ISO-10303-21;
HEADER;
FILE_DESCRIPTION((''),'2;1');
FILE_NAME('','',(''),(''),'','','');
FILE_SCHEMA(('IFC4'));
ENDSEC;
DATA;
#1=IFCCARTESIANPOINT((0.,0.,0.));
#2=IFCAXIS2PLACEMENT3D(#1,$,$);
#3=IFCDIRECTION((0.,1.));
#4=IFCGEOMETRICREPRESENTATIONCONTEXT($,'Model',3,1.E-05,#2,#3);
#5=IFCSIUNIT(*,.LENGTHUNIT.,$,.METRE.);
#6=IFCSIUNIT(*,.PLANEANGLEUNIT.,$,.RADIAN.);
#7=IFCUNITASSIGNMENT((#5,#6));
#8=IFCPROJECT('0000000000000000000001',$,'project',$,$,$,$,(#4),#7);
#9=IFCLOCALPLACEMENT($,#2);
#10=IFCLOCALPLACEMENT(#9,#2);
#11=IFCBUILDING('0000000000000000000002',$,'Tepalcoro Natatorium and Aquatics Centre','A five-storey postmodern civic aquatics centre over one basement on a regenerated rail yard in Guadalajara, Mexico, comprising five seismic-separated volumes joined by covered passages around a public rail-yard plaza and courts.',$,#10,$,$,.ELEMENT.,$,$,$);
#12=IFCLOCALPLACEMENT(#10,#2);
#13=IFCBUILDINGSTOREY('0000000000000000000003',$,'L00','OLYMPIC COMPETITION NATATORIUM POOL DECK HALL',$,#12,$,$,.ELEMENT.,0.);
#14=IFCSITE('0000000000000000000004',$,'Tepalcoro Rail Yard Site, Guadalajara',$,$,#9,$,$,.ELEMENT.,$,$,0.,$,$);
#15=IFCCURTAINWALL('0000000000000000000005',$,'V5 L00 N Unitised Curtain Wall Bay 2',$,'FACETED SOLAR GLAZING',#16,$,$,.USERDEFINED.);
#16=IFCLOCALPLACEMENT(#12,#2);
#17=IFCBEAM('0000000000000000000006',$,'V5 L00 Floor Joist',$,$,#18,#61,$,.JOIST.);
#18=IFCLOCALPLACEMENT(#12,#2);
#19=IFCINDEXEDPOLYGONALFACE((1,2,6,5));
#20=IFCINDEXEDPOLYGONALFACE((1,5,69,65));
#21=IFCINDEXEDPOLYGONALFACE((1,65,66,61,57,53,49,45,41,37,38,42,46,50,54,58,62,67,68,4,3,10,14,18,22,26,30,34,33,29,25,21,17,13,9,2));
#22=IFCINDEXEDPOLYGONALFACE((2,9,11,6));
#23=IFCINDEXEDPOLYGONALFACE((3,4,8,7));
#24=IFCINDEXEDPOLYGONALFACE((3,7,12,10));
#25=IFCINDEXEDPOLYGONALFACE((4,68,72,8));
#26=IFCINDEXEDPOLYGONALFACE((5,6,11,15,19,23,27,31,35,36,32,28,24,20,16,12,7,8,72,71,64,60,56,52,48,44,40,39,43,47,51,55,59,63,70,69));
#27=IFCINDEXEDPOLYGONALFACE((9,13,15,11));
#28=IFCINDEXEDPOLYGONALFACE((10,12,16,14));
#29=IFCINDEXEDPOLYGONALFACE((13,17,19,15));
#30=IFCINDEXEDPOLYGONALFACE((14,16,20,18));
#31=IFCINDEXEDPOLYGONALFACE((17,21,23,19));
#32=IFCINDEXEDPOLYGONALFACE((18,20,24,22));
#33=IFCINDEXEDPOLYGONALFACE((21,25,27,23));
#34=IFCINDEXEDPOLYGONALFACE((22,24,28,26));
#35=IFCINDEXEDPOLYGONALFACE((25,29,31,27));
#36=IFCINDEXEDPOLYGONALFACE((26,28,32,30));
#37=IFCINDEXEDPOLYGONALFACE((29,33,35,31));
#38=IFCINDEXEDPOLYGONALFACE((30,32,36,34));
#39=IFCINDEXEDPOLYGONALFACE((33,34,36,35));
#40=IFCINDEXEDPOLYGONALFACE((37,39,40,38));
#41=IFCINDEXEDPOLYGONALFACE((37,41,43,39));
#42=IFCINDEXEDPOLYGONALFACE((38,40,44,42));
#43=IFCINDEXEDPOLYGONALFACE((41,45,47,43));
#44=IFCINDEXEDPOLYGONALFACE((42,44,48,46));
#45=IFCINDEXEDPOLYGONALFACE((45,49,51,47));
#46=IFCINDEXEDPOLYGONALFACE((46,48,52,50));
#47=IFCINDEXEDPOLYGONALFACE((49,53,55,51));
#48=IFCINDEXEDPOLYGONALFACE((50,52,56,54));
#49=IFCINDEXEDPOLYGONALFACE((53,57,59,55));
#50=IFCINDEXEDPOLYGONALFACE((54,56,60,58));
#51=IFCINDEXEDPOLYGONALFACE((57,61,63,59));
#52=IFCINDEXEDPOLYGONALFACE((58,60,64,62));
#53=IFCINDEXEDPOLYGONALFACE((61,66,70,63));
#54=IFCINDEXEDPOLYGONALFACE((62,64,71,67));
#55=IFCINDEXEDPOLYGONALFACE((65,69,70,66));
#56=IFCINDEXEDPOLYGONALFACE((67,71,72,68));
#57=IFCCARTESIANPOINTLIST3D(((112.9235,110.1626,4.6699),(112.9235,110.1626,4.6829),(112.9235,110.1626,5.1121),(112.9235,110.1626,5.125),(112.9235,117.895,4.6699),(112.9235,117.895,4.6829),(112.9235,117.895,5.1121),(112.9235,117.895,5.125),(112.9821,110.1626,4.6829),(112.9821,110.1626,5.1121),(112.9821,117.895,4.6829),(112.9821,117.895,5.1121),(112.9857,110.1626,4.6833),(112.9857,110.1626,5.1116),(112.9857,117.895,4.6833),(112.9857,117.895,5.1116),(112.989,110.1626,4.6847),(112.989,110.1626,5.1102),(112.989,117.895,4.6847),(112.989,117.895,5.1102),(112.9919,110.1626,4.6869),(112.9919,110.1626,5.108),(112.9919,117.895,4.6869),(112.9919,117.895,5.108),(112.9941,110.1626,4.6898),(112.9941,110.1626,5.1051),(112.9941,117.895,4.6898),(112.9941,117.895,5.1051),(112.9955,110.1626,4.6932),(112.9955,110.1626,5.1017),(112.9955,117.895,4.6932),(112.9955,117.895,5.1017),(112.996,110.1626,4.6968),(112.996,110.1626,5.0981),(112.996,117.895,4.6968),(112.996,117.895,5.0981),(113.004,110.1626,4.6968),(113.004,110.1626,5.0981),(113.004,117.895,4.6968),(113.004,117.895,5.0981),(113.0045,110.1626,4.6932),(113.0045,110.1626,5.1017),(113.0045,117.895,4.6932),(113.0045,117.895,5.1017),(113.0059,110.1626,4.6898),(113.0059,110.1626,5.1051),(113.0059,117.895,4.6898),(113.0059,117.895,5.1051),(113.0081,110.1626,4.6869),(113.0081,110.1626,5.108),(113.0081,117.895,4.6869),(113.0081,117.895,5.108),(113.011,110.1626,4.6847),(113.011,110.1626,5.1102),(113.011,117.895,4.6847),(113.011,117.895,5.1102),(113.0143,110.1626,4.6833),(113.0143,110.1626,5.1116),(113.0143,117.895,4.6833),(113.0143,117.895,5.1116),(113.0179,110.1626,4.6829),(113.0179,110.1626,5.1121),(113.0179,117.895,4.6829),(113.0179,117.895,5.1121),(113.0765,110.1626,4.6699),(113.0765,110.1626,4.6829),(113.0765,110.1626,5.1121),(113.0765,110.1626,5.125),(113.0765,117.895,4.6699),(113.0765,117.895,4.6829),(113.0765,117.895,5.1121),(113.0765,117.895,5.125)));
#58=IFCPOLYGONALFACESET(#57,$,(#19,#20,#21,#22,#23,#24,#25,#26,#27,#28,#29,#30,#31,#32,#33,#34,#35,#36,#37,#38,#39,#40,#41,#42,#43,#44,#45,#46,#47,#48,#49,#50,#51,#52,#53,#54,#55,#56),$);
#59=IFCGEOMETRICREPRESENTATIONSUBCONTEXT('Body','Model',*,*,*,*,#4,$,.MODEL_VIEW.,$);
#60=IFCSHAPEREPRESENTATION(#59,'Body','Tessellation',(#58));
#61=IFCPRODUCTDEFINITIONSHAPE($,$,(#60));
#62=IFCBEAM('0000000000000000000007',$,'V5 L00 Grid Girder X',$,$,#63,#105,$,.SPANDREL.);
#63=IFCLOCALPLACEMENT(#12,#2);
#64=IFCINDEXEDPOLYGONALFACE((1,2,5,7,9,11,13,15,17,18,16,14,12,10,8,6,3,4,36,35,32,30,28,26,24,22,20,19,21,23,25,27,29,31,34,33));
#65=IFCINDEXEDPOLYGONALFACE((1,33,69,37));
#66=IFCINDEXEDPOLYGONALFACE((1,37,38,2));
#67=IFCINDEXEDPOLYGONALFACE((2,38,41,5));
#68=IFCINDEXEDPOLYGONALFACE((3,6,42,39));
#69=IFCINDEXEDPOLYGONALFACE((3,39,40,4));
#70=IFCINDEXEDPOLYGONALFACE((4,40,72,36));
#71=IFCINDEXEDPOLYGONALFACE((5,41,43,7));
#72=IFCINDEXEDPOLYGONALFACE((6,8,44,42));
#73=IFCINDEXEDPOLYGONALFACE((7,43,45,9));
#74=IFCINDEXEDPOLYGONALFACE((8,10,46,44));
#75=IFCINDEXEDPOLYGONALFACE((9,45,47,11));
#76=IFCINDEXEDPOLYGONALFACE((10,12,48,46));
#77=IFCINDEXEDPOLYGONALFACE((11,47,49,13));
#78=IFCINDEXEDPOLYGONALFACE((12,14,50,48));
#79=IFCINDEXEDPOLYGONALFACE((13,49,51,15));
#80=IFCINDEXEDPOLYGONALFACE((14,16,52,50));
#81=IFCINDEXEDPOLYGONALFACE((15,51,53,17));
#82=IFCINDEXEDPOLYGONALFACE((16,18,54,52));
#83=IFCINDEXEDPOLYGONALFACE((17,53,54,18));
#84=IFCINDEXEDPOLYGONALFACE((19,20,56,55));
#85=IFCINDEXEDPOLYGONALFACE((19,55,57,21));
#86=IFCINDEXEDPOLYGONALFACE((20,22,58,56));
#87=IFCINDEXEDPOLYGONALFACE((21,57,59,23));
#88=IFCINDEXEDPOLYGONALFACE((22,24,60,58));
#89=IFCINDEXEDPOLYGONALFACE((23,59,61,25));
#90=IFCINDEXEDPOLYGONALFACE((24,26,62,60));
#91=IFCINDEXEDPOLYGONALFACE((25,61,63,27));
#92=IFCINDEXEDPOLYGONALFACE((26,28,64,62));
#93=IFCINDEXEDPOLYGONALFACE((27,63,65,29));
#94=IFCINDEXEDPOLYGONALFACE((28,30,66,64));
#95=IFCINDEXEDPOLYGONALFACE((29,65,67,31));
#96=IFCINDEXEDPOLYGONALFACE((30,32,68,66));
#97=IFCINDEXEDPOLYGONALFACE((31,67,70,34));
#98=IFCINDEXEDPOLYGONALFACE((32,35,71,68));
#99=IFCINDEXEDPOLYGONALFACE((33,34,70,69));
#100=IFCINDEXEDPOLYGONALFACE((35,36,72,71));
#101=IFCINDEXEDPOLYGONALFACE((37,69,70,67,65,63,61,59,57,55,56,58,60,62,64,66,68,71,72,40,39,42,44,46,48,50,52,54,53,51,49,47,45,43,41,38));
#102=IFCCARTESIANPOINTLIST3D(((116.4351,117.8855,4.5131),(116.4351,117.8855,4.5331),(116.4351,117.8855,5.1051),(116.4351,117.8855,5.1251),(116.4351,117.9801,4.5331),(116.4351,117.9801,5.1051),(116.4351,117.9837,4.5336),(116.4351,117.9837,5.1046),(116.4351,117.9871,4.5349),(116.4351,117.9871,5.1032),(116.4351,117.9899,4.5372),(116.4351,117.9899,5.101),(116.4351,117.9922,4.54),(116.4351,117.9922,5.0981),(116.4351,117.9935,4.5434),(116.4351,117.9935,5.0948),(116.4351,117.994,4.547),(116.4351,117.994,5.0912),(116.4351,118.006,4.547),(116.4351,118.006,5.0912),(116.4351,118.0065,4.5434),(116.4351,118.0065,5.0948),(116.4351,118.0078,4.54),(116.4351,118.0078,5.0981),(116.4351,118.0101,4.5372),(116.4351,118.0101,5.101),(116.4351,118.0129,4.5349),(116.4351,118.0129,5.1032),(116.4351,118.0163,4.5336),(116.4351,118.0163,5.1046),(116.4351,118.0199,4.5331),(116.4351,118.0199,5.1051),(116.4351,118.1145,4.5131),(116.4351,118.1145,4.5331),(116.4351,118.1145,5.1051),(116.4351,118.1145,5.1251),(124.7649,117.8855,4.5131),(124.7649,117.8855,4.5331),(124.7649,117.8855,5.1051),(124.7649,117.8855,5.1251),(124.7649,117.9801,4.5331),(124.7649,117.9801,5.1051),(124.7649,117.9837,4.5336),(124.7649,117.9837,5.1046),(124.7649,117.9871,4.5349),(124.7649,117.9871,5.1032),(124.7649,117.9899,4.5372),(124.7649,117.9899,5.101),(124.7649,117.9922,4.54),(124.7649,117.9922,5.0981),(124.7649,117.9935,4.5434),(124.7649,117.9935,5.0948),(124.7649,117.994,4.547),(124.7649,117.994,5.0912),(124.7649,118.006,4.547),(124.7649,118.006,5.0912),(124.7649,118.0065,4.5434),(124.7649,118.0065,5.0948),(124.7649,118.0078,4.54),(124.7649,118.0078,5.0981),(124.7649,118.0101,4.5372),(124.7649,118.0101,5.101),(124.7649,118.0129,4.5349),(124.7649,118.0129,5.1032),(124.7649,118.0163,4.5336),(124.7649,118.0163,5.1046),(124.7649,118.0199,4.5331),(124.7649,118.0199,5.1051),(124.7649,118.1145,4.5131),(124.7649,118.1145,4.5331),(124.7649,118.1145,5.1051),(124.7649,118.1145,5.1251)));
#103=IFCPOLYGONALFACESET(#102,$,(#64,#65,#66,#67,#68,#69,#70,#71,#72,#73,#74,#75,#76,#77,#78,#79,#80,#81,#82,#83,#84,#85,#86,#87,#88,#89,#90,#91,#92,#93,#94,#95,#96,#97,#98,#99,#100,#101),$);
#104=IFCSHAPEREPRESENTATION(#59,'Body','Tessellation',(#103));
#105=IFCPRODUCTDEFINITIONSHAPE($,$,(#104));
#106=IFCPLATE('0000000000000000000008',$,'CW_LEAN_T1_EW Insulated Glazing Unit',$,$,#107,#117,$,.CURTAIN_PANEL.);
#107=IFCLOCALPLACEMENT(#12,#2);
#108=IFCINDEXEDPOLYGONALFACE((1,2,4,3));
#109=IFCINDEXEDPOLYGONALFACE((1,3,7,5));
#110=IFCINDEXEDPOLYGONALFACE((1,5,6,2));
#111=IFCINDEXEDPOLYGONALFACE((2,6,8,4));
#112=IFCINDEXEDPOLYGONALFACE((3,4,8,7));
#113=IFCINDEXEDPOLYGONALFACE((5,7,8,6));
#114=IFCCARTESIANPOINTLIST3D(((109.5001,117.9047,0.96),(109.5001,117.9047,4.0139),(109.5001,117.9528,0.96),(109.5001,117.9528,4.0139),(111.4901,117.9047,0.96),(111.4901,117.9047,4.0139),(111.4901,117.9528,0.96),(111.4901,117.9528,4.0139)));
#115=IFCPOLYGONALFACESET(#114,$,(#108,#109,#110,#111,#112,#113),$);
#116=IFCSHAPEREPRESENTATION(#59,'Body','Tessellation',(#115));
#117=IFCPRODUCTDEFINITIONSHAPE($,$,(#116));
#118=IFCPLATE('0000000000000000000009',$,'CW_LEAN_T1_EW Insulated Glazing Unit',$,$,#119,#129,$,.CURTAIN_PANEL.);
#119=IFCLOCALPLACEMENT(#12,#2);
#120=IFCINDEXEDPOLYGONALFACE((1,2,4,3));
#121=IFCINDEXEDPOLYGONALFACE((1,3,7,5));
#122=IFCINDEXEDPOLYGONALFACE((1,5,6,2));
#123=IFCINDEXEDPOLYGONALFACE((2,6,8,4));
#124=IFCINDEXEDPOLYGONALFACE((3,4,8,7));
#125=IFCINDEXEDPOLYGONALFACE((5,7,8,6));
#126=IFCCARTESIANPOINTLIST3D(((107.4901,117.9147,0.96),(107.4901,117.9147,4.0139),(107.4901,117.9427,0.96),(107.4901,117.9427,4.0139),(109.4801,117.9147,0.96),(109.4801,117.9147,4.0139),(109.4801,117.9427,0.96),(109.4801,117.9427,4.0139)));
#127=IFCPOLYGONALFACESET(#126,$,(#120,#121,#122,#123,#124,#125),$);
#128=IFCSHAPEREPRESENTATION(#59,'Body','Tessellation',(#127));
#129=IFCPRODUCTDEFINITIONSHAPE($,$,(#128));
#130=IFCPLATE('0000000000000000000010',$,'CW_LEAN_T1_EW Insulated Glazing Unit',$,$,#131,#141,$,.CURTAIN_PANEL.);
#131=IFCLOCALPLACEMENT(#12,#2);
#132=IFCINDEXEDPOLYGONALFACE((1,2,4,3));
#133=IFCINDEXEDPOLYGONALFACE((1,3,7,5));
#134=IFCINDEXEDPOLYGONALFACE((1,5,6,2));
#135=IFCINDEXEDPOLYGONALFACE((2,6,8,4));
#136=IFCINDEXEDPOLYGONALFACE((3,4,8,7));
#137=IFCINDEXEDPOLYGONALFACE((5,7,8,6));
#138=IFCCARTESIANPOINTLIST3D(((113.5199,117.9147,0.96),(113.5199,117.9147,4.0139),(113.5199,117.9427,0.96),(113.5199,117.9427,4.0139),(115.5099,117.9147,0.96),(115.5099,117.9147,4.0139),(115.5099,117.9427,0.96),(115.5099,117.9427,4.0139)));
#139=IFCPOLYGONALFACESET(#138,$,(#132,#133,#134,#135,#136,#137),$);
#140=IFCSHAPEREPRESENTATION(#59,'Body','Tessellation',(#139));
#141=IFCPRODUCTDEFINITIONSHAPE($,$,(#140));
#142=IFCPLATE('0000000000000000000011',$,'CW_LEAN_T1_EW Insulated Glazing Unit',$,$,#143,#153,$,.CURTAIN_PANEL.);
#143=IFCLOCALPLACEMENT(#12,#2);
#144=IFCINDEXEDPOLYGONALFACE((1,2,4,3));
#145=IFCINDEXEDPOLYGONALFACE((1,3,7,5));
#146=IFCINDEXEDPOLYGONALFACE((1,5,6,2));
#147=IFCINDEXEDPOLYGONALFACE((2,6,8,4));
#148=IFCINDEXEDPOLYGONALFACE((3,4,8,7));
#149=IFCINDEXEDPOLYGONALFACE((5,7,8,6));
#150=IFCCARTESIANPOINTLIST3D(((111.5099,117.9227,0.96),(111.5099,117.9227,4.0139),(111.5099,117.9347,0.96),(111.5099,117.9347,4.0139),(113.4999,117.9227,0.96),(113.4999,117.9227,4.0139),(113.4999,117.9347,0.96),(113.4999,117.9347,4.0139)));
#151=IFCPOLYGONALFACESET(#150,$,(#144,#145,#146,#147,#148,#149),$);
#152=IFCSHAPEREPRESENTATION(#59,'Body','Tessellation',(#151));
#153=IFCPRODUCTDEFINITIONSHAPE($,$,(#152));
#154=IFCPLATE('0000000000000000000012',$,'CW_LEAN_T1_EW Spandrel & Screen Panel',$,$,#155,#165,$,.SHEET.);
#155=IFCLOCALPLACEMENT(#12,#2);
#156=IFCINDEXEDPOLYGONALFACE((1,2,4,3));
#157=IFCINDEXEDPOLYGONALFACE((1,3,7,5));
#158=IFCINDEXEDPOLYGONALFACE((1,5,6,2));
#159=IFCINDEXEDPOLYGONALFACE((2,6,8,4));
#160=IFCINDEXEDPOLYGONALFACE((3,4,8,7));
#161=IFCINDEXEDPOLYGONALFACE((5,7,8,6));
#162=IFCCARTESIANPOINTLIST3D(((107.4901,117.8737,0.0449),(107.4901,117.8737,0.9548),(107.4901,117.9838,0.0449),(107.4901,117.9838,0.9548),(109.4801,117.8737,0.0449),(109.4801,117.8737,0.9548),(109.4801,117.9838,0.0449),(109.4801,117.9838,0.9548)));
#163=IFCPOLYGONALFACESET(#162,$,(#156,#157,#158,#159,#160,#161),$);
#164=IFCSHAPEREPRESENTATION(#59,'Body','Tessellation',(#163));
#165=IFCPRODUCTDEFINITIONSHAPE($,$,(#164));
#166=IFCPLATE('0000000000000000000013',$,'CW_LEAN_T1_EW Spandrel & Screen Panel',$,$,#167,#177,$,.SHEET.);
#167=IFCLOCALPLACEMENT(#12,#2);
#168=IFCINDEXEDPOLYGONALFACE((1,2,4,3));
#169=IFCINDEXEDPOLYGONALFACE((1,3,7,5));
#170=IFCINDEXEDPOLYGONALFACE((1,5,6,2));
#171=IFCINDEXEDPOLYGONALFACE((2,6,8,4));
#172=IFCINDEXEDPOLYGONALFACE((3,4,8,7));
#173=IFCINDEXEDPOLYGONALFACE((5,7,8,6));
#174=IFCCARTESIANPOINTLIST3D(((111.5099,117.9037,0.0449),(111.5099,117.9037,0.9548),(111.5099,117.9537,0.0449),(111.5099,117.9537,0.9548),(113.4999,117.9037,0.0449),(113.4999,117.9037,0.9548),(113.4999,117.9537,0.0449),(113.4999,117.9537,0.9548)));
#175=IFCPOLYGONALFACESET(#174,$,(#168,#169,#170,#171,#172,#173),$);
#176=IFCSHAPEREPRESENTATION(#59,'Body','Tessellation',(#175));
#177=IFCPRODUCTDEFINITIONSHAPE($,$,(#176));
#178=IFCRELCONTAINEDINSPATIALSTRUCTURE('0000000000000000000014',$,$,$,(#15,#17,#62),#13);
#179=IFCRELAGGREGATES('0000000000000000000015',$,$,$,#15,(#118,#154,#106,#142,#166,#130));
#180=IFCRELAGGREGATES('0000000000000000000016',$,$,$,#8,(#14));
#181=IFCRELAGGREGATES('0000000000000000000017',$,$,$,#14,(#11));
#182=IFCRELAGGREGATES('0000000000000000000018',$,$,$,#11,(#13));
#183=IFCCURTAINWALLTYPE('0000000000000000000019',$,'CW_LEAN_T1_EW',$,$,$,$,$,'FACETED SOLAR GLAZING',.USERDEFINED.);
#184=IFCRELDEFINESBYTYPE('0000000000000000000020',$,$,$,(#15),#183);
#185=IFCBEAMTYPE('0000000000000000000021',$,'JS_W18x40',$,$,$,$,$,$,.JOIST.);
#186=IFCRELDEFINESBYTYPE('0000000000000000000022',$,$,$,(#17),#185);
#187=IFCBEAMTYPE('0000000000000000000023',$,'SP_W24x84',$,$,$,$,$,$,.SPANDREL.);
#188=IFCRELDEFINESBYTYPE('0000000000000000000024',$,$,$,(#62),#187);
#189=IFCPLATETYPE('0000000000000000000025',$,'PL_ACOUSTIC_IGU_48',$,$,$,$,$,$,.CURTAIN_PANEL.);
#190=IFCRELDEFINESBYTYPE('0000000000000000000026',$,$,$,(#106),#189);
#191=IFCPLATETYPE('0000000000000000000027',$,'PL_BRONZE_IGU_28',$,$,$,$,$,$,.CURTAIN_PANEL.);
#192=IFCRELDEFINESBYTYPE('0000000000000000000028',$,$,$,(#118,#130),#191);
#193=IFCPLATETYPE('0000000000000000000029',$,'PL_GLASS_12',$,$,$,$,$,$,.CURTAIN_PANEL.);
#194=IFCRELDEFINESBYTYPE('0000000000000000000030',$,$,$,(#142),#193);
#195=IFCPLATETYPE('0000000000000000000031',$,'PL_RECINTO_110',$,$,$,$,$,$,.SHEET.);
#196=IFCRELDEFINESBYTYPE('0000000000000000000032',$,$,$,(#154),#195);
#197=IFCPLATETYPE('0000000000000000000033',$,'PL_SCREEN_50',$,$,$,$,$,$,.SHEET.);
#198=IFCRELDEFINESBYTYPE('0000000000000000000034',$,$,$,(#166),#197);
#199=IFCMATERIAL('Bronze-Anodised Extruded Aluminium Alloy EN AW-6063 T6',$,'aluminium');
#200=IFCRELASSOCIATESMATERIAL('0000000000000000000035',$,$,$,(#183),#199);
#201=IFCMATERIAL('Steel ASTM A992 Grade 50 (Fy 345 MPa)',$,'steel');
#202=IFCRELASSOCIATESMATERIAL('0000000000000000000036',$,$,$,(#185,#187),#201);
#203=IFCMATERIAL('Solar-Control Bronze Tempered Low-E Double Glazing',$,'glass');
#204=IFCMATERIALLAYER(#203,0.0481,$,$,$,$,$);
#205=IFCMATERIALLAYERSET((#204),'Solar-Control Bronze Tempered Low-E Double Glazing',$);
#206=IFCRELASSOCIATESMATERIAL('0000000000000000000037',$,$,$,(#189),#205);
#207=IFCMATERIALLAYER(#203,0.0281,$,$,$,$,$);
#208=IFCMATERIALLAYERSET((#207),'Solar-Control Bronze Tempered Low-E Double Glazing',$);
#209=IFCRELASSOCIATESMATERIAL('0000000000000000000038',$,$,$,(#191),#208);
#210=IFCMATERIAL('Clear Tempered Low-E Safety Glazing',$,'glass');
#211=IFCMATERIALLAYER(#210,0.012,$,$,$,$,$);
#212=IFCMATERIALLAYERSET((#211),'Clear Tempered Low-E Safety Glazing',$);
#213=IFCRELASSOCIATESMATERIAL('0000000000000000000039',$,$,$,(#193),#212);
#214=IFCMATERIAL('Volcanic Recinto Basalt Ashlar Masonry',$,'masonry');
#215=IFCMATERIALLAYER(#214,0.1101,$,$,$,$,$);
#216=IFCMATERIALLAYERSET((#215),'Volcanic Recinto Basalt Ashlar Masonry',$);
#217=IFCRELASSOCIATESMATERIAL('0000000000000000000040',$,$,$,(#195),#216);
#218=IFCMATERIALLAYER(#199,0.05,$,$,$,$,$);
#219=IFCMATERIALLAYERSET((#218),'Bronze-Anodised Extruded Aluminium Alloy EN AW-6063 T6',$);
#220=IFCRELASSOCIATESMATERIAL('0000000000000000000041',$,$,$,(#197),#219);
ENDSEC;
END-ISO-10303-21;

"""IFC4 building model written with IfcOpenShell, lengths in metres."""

from ifc_helpers import new_model, si_unit, direction, frame, origin, origin_2d, place, context, subcontext, project, spatial, rectangle, i_section, extrude, material, layer, layer_set, material_profile, profile_set, type_object, element, aggregate, save


model = new_model("IFC4")

# Units and contexts
model_context = context("Model", 3, precision=1e-05, world=origin(), true_north=direction((0.0, 1.0)))
body_context = subcontext(model_context, "Body", "Model", "MODEL_VIEW")
ifc_project = project(units=[si_unit("LENGTHUNIT", "METRE"), si_unit("PLANEANGLEUNIT", "RADIAN")], contexts=[model_context])

# Site, building, storey
site_placement = place(None, origin())
site = spatial("IfcSite", under=ifc_project, at=site_placement, Name="Tepalcoro Rail Yard Site, Guadalajara", CompositionType="ELEMENT", RefElevation=0.0)
building_placement = place(site_placement, origin())
building = spatial("IfcBuilding", under=site, at=building_placement, Name="Tepalcoro Natatorium and Aquatics Centre", Description="A five-storey postmodern civic aquatics centre over one basement on a regenerated rail yard in Guadalajara, Mexico, comprising five seismic-separated volumes joined by covered passages around a public rail-yard plaza and courts.", CompositionType="ELEMENT")
storey_placement = place(building_placement, origin())
storey = spatial("IfcBuildingStorey", under=building, at=storey_placement, Name="L00", Description="OLYMPIC COMPETITION NATATORIUM POOL DECK HALL", CompositionType="ELEMENT", Elevation=0.0)

# Shared definitions
ifc_material_1 = material(Name="Steel ASTM A992 Grade 50 (Fy 345 MPa)", Category="steel")

# Curtain wall
ifc_material_2 = material(Name="Bronze-Anodised Extruded Aluminium Alloy EN AW-6063 T6", Category="aluminium")
curtain_wall_type = type_object("IfcCurtainWallType", Name="CW_LEAN_T1_EW", ElementType="FACETED SOLAR GLAZING", PredefinedType="USERDEFINED", material=ifc_material_2)
curtain_wall_placement = place(storey_placement, origin())
curtain_wall = element("IfcCurtainWall", 1, at=curtain_wall_placement, inside=storey, type_object=curtain_wall_type, Name="V5 L00 N Unitised Curtain Wall Bay 2", ObjectType="FACETED SOLAR GLAZING", PredefinedType="USERDEFINED")

# Beams
ifc_material_profile_1 = material_profile(ifc_material_1, i_section(OverallWidth=0.1531, OverallDepth=0.4551, WebThickness=0.0081, FlangeThickness=0.0129, FilletRadius=0.0139, at=origin_2d()), Name="W18X40")
ifc_profile_set_1 = profile_set([ifc_material_profile_1], Name="Steel ASTM A992 Grade 50 (Fy 345 MPa)")
beam_type_1 = type_object("IfcBeamType", Name="JS_W18x40", PredefinedType="JOIST", material=ifc_profile_set_1)
beam_1_placement = place(storey_placement, frame((113.0, 110.1626, 4.8975), z_axis=(0.0, 1.0, 0.0), x_axis=(-1.0, 0.0, 0.0)))
element("IfcBeam", 2, at=beam_1_placement, inside=storey, type_object=beam_type_1, Name="V5 L00 Floor Joist", PredefinedType="JOIST", context=body_context, shape_type="SweptSolid", body=[
    extrude(i_section(OverallWidth=0.1531, OverallDepth=0.4551, WebThickness=0.0081, FlangeThickness=0.0129, FilletRadius=0.0139, at=origin_2d()), origin(), (0.0, 0.0, 1.0), 7.7324),
])
ifc_material_profile_2 = material_profile(ifc_material_1, i_section(OverallWidth=0.229, OverallDepth=0.6121, WebThickness=0.012, FlangeThickness=0.02, FilletRadius=0.0139, at=origin_2d()), Name="W24X84")
ifc_profile_set_2 = profile_set([ifc_material_profile_2], Name="Steel ASTM A992 Grade 50 (Fy 345 MPa)")
beam_type_2 = type_object("IfcBeamType", Name="SP_W24x84", PredefinedType="SPANDREL", material=ifc_profile_set_2)
beam_2_placement = place(storey_placement, frame((116.4351, 118.0, 4.8191), z_axis=(1.0, 0.0, 0.0), x_axis=(0.0, 1.0, 0.0)))
element("IfcBeam", 3, at=beam_2_placement, inside=storey, type_object=beam_type_2, Name="V5 L00 Grid Girder X", PredefinedType="SPANDREL", context=body_context, shape_type="SweptSolid", body=[
    extrude(i_section(OverallWidth=0.229, OverallDepth=0.6121, WebThickness=0.012, FlangeThickness=0.02, FilletRadius=0.0139, at=origin_2d()), origin(), (0.0, 0.0, 1.0), 8.3298),
])

# Plates
ifc_material_3 = material(Name="Solar-Control Bronze Tempered Low-E Double Glazing", Category="glass")
ifc_layer_1 = layer(ifc_material_3, 0.0481)
ifc_layer_set_1 = layer_set([ifc_layer_1], Name="Solar-Control Bronze Tempered Low-E Double Glazing")
plate_type_1 = type_object("IfcPlateType", Name="PL_ACOUSTIC_IGU_48", PredefinedType="CURTAIN_PANEL", material=ifc_layer_set_1)
plate_1_placement = place(storey_placement, frame((110.4951, 117.9287, 0.96), z_axis=(0.0, 0.0, 1.0), x_axis=(1.0, 0.0, 0.0)))
plate_1 = element("IfcPlate", 4, at=plate_1_placement, type_object=plate_type_1, Name="CW_LEAN_T1_EW Insulated Glazing Unit", PredefinedType="CURTAIN_PANEL", context=body_context, shape_type="SweptSolid", body=[
    extrude(rectangle(XDim=1.99, YDim=0.0481, at=origin_2d()), origin(), (0.0, 0.0, 1.0), 3.054),
])
ifc_layer_2 = layer(ifc_material_3, 0.0281)
ifc_layer_set_2 = layer_set([ifc_layer_2], Name="Solar-Control Bronze Tempered Low-E Double Glazing")
plate_type_2 = type_object("IfcPlateType", Name="PL_BRONZE_IGU_28", PredefinedType="CURTAIN_PANEL", material=ifc_layer_set_2)
plate_2_placement = place(storey_placement, frame((108.4851, 117.9287, 0.96), z_axis=(0.0, 0.0, 1.0), x_axis=(1.0, 0.0, 0.0)))
plate_2 = element("IfcPlate", 5, at=plate_2_placement, type_object=plate_type_2, Name="CW_LEAN_T1_EW Insulated Glazing Unit", PredefinedType="CURTAIN_PANEL", context=body_context, shape_type="SweptSolid", body=[
    extrude(rectangle(XDim=1.99, YDim=0.0281, at=origin_2d()), origin(), (0.0, 0.0, 1.0), 3.054),
])
plate_3_placement = place(storey_placement, frame((114.5149, 117.9287, 0.96), z_axis=(0.0, 0.0, 1.0), x_axis=(1.0, 0.0, 0.0)))
plate_3 = element("IfcPlate", 6, at=plate_3_placement, type_object=plate_type_2, Name="CW_LEAN_T1_EW Insulated Glazing Unit", PredefinedType="CURTAIN_PANEL", context=body_context, shape_type="SweptSolid", body=[
    extrude(rectangle(XDim=1.99, YDim=0.0281, at=origin_2d()), origin(), (0.0, 0.0, 1.0), 3.054),
])
ifc_material_4 = material(Name="Clear Tempered Low-E Safety Glazing", Category="glass")
ifc_layer_3 = layer(ifc_material_4, 0.012)
ifc_layer_set_3 = layer_set([ifc_layer_3], Name="Clear Tempered Low-E Safety Glazing")
plate_type_3 = type_object("IfcPlateType", Name="PL_GLASS_12", PredefinedType="CURTAIN_PANEL", material=ifc_layer_set_3)
plate_4_placement = place(storey_placement, frame((112.5049, 117.9287, 0.96), z_axis=(0.0, 0.0, 1.0), x_axis=(1.0, 0.0, 0.0)))
plate_4 = element("IfcPlate", 7, at=plate_4_placement, type_object=plate_type_3, Name="CW_LEAN_T1_EW Insulated Glazing Unit", PredefinedType="CURTAIN_PANEL", context=body_context, shape_type="SweptSolid", body=[
    extrude(rectangle(XDim=1.99, YDim=0.012, at=origin_2d()), origin(), (0.0, 0.0, 1.0), 3.054),
])
ifc_material_5 = material(Name="Volcanic Recinto Basalt Ashlar Masonry", Category="masonry")
ifc_layer_4 = layer(ifc_material_5, 0.1101)
ifc_layer_set_4 = layer_set([ifc_layer_4], Name="Volcanic Recinto Basalt Ashlar Masonry")
plate_type_4 = type_object("IfcPlateType", Name="PL_RECINTO_110", PredefinedType="SHEET", material=ifc_layer_set_4)
plate_5_placement = place(storey_placement, frame((108.4851, 117.9287, 0.0449), z_axis=(0.0, 0.0, 1.0), x_axis=(1.0, 0.0, 0.0)))
plate_5 = element("IfcPlate", 8, at=plate_5_placement, type_object=plate_type_4, Name="CW_LEAN_T1_EW Spandrel & Screen Panel", PredefinedType="SHEET", context=body_context, shape_type="SweptSolid", body=[
    extrude(rectangle(XDim=1.99, YDim=0.1101, at=origin_2d()), origin(), (0.0, 0.0, 1.0), 0.9099),
])
ifc_layer_5 = layer(ifc_material_2, 0.05)
ifc_layer_set_5 = layer_set([ifc_layer_5], Name="Bronze-Anodised Extruded Aluminium Alloy EN AW-6063 T6")
plate_type_5 = type_object("IfcPlateType", Name="PL_SCREEN_50", PredefinedType="SHEET", material=ifc_layer_set_5)
plate_6_placement = place(storey_placement, frame((112.5049, 117.9287, 0.0449), z_axis=(0.0, 0.0, 1.0), x_axis=(1.0, 0.0, 0.0)))
plate_6 = element("IfcPlate", 9, at=plate_6_placement, type_object=plate_type_5, Name="CW_LEAN_T1_EW Spandrel & Screen Panel", PredefinedType="SHEET", context=body_context, shape_type="SweptSolid", body=[
    extrude(rectangle(XDim=1.99, YDim=0.05, at=origin_2d()), origin(), (0.0, 0.0, 1.0), 0.9099),
])
aggregate(curtain_wall, [plate_2, plate_5, plate_1, plate_4, plate_6, plate_3])

save(model, "model.ifc")
